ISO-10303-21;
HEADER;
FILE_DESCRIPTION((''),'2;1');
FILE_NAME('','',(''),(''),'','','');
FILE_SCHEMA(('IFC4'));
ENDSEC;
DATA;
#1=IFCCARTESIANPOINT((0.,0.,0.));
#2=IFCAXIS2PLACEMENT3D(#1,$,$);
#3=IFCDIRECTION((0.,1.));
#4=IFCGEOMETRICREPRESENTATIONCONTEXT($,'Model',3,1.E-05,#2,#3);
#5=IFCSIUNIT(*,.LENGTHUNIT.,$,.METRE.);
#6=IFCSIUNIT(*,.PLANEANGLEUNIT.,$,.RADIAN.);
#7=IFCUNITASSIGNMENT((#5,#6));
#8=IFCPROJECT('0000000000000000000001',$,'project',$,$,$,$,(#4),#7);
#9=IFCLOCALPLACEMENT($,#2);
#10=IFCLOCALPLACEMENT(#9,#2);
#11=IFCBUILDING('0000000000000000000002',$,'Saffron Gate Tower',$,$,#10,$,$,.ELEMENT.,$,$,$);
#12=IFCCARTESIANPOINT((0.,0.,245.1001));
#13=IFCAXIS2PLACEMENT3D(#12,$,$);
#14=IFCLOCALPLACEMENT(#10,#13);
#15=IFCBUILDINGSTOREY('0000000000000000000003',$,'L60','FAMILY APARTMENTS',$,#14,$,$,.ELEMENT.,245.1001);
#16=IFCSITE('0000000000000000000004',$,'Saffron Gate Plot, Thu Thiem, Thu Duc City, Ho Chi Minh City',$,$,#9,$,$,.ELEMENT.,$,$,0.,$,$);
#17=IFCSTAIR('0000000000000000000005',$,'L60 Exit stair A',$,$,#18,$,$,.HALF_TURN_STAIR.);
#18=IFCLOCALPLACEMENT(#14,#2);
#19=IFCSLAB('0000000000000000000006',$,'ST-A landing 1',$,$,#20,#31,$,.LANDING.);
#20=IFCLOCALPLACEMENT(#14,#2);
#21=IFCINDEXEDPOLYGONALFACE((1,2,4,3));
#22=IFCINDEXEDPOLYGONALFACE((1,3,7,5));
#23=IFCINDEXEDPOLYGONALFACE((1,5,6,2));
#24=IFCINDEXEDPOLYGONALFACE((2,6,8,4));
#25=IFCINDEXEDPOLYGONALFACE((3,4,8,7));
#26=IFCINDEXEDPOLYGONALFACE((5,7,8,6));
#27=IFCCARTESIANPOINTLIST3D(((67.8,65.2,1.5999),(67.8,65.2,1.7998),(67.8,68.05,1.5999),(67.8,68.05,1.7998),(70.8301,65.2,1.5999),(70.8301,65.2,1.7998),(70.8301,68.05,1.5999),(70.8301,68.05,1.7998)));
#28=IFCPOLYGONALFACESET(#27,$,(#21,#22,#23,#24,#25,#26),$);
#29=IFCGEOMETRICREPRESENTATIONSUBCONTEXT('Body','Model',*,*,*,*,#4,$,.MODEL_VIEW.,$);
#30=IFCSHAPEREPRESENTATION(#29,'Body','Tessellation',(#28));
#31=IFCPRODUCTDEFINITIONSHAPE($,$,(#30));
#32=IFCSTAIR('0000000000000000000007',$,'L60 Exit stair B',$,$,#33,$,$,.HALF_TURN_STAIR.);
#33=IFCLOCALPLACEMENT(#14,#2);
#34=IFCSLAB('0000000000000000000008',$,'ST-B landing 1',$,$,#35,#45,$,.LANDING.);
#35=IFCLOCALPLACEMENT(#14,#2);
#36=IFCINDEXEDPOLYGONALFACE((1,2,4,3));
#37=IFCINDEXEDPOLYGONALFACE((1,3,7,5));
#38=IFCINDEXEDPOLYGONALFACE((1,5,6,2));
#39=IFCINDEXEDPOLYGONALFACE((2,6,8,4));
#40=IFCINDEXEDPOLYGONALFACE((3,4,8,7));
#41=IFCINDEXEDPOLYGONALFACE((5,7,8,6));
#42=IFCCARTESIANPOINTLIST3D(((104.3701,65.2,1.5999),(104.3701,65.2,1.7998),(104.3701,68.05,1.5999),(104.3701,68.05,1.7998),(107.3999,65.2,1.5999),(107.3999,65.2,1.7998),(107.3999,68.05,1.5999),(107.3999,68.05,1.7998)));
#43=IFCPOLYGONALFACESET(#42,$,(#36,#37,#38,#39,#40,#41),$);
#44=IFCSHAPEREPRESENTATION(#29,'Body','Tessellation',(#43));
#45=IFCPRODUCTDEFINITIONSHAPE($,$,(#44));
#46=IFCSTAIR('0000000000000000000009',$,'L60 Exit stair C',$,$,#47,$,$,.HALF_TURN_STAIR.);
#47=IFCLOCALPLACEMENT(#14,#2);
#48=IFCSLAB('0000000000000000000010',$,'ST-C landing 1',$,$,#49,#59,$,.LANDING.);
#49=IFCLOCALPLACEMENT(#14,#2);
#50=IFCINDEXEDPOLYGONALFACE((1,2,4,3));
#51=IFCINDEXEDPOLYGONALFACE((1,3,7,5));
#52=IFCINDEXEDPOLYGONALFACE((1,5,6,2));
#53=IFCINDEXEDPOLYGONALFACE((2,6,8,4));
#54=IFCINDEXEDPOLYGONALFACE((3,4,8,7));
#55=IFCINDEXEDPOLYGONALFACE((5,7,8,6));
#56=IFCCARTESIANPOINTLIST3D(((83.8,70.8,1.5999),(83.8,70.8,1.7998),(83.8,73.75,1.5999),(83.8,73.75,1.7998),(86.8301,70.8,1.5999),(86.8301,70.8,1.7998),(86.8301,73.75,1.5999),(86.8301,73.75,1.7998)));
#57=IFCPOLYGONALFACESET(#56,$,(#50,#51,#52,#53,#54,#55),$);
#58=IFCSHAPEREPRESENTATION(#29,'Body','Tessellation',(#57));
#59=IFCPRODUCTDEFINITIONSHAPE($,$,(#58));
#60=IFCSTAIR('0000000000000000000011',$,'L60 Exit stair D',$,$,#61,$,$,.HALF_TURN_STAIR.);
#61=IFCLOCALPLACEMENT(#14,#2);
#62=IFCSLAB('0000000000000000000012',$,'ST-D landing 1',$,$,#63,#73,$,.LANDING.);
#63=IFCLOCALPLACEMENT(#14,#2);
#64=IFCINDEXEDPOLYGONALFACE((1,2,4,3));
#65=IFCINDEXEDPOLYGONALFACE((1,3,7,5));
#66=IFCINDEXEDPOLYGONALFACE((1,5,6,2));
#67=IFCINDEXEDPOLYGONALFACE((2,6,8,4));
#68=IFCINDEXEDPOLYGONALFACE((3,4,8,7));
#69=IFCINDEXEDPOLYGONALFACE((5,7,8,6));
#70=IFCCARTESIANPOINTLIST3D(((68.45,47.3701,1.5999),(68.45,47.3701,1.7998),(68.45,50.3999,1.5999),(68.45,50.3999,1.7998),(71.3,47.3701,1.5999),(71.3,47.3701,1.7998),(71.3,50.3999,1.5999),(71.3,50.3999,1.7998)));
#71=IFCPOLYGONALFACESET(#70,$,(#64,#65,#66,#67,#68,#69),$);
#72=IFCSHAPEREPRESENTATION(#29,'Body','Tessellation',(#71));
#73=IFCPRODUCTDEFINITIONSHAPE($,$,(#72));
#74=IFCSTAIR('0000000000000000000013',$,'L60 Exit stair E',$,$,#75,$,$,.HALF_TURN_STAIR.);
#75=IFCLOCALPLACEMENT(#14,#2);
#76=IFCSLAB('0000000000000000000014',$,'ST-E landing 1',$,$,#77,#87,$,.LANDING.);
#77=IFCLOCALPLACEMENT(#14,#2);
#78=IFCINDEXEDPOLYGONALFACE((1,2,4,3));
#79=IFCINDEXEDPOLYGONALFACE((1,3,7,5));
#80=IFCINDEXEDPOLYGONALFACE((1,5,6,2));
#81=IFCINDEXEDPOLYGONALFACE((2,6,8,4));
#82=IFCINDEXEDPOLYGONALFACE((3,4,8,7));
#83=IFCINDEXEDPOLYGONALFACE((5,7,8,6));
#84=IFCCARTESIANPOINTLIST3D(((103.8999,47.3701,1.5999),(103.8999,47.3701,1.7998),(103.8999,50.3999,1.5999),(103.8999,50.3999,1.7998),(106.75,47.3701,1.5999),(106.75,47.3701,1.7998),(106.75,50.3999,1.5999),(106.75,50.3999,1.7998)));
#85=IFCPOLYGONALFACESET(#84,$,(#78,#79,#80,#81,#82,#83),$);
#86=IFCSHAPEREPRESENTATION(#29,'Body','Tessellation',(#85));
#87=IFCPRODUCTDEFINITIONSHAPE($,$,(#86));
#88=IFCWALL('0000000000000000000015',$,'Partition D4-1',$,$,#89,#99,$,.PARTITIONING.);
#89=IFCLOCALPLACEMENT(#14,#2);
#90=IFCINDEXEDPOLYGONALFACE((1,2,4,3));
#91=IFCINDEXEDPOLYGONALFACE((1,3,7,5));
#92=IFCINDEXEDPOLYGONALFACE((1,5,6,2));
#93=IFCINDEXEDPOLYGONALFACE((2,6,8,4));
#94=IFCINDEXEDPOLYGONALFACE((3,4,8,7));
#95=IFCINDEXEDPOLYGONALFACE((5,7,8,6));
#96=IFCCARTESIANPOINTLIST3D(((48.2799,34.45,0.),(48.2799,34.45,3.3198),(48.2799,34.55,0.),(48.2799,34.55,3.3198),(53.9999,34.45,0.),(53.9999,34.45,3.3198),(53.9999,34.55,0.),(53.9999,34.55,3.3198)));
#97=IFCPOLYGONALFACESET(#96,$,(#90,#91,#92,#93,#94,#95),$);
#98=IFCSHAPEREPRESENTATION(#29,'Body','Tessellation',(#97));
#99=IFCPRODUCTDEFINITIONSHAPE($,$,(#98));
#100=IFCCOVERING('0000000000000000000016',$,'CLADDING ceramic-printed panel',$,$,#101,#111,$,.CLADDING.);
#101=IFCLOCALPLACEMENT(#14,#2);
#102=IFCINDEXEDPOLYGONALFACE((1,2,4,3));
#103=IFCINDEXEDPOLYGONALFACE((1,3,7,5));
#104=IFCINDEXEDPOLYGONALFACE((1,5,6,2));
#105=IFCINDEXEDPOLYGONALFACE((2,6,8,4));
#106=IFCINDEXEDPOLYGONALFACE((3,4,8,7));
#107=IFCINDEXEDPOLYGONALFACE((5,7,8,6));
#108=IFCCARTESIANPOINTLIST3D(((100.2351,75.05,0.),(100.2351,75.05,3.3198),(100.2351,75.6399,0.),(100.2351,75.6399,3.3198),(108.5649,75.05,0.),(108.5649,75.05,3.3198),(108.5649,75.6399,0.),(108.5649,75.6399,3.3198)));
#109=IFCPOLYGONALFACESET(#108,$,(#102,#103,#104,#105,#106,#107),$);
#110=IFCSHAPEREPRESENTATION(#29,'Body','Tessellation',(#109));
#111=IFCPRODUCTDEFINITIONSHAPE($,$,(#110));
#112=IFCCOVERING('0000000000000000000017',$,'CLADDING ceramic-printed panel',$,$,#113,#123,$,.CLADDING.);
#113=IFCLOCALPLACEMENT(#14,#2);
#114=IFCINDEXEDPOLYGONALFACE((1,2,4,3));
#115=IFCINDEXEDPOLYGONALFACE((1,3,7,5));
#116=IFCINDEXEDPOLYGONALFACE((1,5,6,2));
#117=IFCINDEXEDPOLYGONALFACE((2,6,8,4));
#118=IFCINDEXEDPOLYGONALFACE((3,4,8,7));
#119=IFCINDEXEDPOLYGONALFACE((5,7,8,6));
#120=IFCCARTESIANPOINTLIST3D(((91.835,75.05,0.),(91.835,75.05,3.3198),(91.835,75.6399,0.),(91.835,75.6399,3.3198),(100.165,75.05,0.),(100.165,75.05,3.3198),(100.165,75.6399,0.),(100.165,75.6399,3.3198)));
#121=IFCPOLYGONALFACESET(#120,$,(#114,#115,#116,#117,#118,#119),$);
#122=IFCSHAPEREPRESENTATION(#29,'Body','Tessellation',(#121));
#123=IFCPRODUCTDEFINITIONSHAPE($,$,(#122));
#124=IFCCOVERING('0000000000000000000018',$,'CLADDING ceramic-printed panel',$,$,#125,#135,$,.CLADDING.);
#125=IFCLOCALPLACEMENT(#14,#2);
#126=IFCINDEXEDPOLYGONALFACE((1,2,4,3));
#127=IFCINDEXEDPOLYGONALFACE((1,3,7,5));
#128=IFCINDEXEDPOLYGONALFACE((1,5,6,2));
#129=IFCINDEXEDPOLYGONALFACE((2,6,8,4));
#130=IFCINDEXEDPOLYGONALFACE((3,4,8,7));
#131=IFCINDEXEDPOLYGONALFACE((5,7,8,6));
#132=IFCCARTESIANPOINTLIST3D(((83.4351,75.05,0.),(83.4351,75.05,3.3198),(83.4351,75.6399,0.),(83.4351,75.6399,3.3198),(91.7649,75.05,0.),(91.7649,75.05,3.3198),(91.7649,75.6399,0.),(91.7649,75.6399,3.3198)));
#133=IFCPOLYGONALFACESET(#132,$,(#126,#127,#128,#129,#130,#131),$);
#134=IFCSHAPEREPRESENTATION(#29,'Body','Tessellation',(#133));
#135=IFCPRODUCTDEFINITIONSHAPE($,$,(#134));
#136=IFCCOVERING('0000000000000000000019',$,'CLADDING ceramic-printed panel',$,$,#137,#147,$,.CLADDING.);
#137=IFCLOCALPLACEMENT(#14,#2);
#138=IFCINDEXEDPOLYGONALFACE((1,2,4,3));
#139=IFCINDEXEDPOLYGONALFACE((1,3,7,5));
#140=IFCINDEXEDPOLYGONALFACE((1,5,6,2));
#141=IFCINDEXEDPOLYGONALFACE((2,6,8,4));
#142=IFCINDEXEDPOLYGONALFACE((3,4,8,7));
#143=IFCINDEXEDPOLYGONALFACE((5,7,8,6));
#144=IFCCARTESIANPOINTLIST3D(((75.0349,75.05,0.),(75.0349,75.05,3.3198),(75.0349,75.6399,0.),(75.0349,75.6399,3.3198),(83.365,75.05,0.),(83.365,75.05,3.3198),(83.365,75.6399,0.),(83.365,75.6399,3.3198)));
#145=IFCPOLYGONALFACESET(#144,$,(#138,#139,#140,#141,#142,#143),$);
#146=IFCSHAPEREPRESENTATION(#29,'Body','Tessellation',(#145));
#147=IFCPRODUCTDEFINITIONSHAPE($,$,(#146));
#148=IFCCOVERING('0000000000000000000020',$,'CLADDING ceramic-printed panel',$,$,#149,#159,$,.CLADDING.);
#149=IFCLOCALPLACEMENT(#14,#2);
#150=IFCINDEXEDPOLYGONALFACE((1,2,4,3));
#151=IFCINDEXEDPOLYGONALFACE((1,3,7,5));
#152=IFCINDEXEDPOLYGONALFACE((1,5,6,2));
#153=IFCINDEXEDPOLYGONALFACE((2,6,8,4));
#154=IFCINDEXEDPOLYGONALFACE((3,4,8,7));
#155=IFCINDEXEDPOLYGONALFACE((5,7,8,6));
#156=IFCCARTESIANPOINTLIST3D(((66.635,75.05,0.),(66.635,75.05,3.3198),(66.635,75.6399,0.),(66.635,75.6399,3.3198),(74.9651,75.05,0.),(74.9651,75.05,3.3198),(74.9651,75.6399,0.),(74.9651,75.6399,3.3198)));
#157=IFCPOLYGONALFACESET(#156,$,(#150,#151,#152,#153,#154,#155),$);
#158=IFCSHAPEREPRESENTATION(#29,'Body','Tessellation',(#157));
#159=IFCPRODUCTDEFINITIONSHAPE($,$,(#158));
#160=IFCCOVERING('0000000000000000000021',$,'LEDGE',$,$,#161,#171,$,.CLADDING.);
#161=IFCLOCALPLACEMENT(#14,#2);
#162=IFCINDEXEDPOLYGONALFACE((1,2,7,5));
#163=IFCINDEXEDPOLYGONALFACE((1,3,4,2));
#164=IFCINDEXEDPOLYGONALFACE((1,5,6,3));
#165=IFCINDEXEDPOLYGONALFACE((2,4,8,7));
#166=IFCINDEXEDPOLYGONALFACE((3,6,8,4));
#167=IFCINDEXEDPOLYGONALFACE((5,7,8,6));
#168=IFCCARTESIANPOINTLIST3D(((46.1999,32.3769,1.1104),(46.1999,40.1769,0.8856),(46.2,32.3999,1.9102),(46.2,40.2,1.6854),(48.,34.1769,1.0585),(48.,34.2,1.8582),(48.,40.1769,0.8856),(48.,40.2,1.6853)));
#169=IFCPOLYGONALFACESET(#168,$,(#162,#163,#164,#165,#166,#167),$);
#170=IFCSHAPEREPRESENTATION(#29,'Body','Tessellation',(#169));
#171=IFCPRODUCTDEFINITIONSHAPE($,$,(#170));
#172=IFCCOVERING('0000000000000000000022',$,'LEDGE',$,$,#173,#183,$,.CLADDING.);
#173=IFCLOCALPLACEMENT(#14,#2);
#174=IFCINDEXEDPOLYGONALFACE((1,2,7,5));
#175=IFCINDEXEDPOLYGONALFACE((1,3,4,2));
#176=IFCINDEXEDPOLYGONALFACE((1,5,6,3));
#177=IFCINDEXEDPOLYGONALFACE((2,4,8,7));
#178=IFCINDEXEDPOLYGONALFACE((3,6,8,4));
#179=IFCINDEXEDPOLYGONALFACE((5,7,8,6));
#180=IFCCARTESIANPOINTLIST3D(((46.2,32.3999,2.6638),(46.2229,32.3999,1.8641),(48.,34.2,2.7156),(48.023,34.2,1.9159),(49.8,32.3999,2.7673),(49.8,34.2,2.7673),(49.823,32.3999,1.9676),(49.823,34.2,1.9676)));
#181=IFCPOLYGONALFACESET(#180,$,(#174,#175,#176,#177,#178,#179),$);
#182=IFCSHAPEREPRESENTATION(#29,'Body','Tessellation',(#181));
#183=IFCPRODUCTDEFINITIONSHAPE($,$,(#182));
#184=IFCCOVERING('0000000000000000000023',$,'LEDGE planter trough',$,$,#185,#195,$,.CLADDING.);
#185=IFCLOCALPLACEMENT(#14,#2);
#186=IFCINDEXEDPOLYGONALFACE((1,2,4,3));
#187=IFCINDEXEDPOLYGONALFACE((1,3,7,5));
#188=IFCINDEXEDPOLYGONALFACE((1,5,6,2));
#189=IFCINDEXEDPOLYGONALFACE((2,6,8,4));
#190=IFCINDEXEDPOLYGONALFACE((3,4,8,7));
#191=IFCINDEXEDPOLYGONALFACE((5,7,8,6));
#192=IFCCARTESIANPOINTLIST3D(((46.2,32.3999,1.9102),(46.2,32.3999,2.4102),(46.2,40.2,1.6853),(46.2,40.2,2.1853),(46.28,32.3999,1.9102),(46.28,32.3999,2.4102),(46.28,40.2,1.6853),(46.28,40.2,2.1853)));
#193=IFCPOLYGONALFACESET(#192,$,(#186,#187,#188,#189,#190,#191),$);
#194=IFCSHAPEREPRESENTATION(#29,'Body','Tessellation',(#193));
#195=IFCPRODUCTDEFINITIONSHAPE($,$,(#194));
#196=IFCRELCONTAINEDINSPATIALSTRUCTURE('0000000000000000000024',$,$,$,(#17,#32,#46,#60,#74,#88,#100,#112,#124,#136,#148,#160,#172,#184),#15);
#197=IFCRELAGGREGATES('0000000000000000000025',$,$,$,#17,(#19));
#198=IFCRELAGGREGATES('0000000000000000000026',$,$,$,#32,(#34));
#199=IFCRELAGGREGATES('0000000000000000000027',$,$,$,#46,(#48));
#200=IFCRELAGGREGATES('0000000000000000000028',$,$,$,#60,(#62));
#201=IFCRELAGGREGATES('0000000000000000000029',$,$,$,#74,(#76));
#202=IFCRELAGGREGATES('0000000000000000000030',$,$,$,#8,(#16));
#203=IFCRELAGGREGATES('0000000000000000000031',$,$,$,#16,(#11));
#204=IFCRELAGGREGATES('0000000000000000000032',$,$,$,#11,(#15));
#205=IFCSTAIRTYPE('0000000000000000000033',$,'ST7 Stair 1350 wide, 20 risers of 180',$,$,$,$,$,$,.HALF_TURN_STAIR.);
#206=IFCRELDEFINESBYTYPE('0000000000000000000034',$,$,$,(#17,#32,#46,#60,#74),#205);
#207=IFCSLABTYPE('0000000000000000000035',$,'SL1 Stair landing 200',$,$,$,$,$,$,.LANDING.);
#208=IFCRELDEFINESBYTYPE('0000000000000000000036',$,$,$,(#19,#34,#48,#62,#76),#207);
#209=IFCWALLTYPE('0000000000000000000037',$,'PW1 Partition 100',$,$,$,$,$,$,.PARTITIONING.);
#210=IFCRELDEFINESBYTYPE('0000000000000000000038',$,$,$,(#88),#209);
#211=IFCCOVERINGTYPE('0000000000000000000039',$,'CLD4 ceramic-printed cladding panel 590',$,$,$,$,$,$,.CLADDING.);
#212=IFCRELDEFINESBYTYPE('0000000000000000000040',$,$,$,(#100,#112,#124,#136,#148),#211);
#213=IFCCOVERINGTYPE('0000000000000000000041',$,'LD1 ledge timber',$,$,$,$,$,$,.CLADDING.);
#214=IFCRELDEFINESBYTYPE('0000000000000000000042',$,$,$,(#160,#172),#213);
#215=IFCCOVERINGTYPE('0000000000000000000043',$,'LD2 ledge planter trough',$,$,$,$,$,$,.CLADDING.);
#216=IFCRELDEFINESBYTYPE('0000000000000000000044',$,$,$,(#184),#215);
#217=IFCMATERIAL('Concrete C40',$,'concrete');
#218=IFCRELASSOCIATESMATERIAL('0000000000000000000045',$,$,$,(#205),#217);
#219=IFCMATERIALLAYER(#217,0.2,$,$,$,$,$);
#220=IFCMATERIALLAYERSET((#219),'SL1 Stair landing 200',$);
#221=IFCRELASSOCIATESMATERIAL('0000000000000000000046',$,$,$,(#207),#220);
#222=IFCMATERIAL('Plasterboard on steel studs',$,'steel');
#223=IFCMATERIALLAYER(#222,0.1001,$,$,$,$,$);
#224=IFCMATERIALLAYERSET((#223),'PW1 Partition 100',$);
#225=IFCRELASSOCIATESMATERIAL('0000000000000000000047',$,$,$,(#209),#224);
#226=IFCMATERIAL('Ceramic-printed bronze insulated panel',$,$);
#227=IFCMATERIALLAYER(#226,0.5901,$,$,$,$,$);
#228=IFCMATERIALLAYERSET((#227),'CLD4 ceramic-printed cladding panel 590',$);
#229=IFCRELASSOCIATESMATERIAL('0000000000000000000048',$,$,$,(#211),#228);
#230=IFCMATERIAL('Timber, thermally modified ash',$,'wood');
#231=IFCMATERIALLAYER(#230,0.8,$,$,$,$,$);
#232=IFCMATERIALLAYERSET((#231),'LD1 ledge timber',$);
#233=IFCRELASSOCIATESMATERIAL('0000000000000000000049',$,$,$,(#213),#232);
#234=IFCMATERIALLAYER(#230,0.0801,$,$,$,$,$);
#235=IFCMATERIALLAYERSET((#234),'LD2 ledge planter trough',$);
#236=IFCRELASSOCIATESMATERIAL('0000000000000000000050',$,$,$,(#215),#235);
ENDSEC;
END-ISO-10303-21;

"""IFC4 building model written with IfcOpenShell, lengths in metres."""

from ifc_helpers import new_model, si_unit, direction, frame, frame_2d, origin, place, context, subcontext, project, spatial, polyline, rectangle, outline, extrude, material, layer, layer_set, type_object, element, aggregate, save


model = new_model("IFC4")

# Units and contexts
model_context = context("Model", 3, precision=1e-05, world=origin(), true_north=direction((0.0, 1.0)))
body_context = subcontext(model_context, "Body", "Model", "MODEL_VIEW")
ifc_project = project(units=[si_unit("LENGTHUNIT", "METRE"), si_unit("PLANEANGLEUNIT", "RADIAN")], contexts=[model_context])

# Site, building, storey
site_placement = place(None, origin())
site = spatial("IfcSite", under=ifc_project, at=site_placement, Name="Saffron Gate Plot, Thu Thiem, Thu Duc City, Ho Chi Minh City", CompositionType="ELEMENT", RefElevation=0.0)
building_placement = place(site_placement, origin())
building = spatial("IfcBuilding", under=site, at=building_placement, Name="Saffron Gate Tower", CompositionType="ELEMENT")
storey_placement = place(building_placement, frame((0.0, 0.0, 245.1001)))
storey = spatial("IfcBuildingStorey", under=building, at=storey_placement, Name="L60", Description="FAMILY APARTMENTS", CompositionType="ELEMENT", Elevation=245.1001)

# Shared definitions
ifc_material_1 = material(Name="Concrete C40", Category="concrete")

# Stairs, slabs
stair_type = type_object("IfcStairType", Name="ST7 Stair 1350 wide, 20 risers of 180", PredefinedType="HALF_TURN_STAIR", material=ifc_material_1)
stair_1_placement = place(storey_placement, origin())
stair_1 = element("IfcStair", 1, at=stair_1_placement, inside=storey, type_object=stair_type, Name="L60 Exit stair A", PredefinedType="HALF_TURN_STAIR")
ifc_layer_1 = layer(ifc_material_1, 0.2)
ifc_layer_set_1 = layer_set([ifc_layer_1], Name="SL1 Stair landing 200")
slab_type_1 = type_object("IfcSlabType", Name="SL1 Stair landing 200", PredefinedType="LANDING", material=ifc_layer_set_1)
slab_1_placement = place(storey_placement, frame((0.0, 0.0, 1.5999)))
slab_1 = element("IfcSlab", 2, at=slab_1_placement, type_object=slab_type_1, Name="ST-A landing 1", PredefinedType="LANDING", context=body_context, shape_type="SweptSolid", body=[
    extrude(outline(polyline([(70.8301, 68.05), (67.8, 68.05), (67.8, 65.2), (70.8301, 65.2), (70.8301, 68.05)])), origin(), (0.0, 0.0, 1.0), 0.2),
])
aggregate(stair_1, [slab_1])
stair_2_placement = place(storey_placement, origin())
stair_2 = element("IfcStair", 3, at=stair_2_placement, inside=storey, type_object=stair_type, Name="L60 Exit stair B", PredefinedType="HALF_TURN_STAIR")
slab_2_placement = place(storey_placement, frame((0.0, 0.0, 1.5999)))
slab_2 = element("IfcSlab", 4, at=slab_2_placement, type_object=slab_type_1, Name="ST-B landing 1", PredefinedType="LANDING", context=body_context, shape_type="SweptSolid", body=[
    extrude(outline(polyline([(104.3701, 65.2), (107.3999, 65.2), (107.3999, 68.05), (104.3701, 68.05), (104.3701, 65.2)])), origin(), (0.0, 0.0, 1.0), 0.2),
])
aggregate(stair_2, [slab_2])
stair_3_placement = place(storey_placement, origin())
stair_3 = element("IfcStair", 5, at=stair_3_placement, inside=storey, type_object=stair_type, Name="L60 Exit stair C", PredefinedType="HALF_TURN_STAIR")
slab_3_placement = place(storey_placement, frame((0.0, 0.0, 1.5999)))
slab_3 = element("IfcSlab", 6, at=slab_3_placement, type_object=slab_type_1, Name="ST-C landing 1", PredefinedType="LANDING", context=body_context, shape_type="SweptSolid", body=[
    extrude(outline(polyline([(86.8301, 73.75), (83.8, 73.75), (83.8, 70.8), (86.8301, 70.8), (86.8301, 73.75)])), origin(), (0.0, 0.0, 1.0), 0.2),
])
aggregate(stair_3, [slab_3])
stair_4_placement = place(storey_placement, origin())
stair_4 = element("IfcStair", 7, at=stair_4_placement, inside=storey, type_object=stair_type, Name="L60 Exit stair D", PredefinedType="HALF_TURN_STAIR")
slab_4_placement = place(storey_placement, frame((0.0, 0.0, 1.5999)))
slab_4 = element("IfcSlab", 8, at=slab_4_placement, type_object=slab_type_1, Name="ST-D landing 1", PredefinedType="LANDING", context=body_context, shape_type="SweptSolid", body=[
    extrude(outline(polyline([(71.3, 47.3701), (71.3, 50.3999), (68.45, 50.3999), (68.45, 47.3701), (71.3, 47.3701)])), origin(), (0.0, 0.0, 1.0), 0.2),
])
aggregate(stair_4, [slab_4])
stair_5_placement = place(storey_placement, origin())
stair_5 = element("IfcStair", 9, at=stair_5_placement, inside=storey, type_object=stair_type, Name="L60 Exit stair E", PredefinedType="HALF_TURN_STAIR")
slab_5_placement = place(storey_placement, frame((0.0, 0.0, 1.5999)))
slab_5 = element("IfcSlab", 10, at=slab_5_placement, type_object=slab_type_1, Name="ST-E landing 1", PredefinedType="LANDING", context=body_context, shape_type="SweptSolid", body=[
    extrude(outline(polyline([(106.75, 47.3701), (106.75, 50.3999), (103.8999, 50.3999), (103.8999, 47.3701), (106.75, 47.3701)])), origin(), (0.0, 0.0, 1.0), 0.2),
])
aggregate(stair_5, [slab_5])

# Wall
ifc_material_2 = material(Name="Plasterboard on steel studs", Category="steel")
ifc_layer_2 = layer(ifc_material_2, 0.1001)
ifc_layer_set_2 = layer_set([ifc_layer_2], Name="PW1 Partition 100")
wall_type = type_object("IfcWallType", Name="PW1 Partition 100", PredefinedType="PARTITIONING", material=ifc_layer_set_2)
wall_placement = place(storey_placement, frame((48.28, 34.5, 0.0), z_axis=(0.0, 0.0, 1.0), x_axis=(1.0, 0.0, 0.0)))
element("IfcWall", 11, at=wall_placement, inside=storey, type_object=wall_type, Name="Partition D4-1", PredefinedType="PARTITIONING", context=body_context, shape_type="SweptSolid", body=[
    extrude(rectangle(XDim=5.72, YDim=0.1001, at=frame_2d((2.8599, 0.0))), origin(), (0.0, 0.0, 1.0), 3.3198),
])

# Coverings
ifc_material_3 = material(Name="Ceramic-printed bronze insulated panel")
ifc_layer_3 = layer(ifc_material_3, 0.5901)
ifc_layer_set_3 = layer_set([ifc_layer_3], Name="CLD4 ceramic-printed cladding panel 590")
covering_type_1 = type_object("IfcCoveringType", Name="CLD4 ceramic-printed cladding panel 590", PredefinedType="CLADDING", material=ifc_layer_set_3)
covering_1_placement = place(storey_placement, origin())
element("IfcCovering", 12, at=covering_1_placement, inside=storey, type_object=covering_type_1, Name="CLADDING ceramic-printed panel", PredefinedType="CLADDING", context=body_context, shape_type="SweptSolid", body=[
    extrude(outline(polyline([(108.5649, 75.6399), (100.2351, 75.6399), (100.2351, 75.05), (108.5649, 75.05), (108.5649, 75.6399)])), origin(), (0.0, 0.0, 1.0), 3.3198),
])
covering_2_placement = place(storey_placement, origin())
element("IfcCovering", 13, at=covering_2_placement, inside=storey, type_object=covering_type_1, Name="CLADDING ceramic-printed panel", PredefinedType="CLADDING", context=body_context, shape_type="SweptSolid", body=[
    extrude(outline(polyline([(100.165, 75.6399), (91.835, 75.6399), (91.835, 75.05), (100.165, 75.05), (100.165, 75.6399)])), origin(), (0.0, 0.0, 1.0), 3.3198),
])
covering_3_placement = place(storey_placement, origin())
element("IfcCovering", 14, at=covering_3_placement, inside=storey, type_object=covering_type_1, Name="CLADDING ceramic-printed panel", PredefinedType="CLADDING", context=body_context, shape_type="SweptSolid", body=[
    extrude(outline(polyline([(91.7649, 75.6399), (83.4351, 75.6399), (83.4351, 75.05), (91.7649, 75.05), (91.7649, 75.6399)])), origin(), (0.0, 0.0, 1.0), 3.3198),
])
covering_4_placement = place(storey_placement, origin())
element("IfcCovering", 15, at=covering_4_placement, inside=storey, type_object=covering_type_1, Name="CLADDING ceramic-printed panel", PredefinedType="CLADDING", context=body_context, shape_type="SweptSolid", body=[
    extrude(outline(polyline([(83.365, 75.6399), (75.0349, 75.6399), (75.0349, 75.05), (83.365, 75.05), (83.365, 75.6399)])), origin(), (0.0, 0.0, 1.0), 3.3198),
])
covering_5_placement = place(storey_placement, origin())
element("IfcCovering", 16, at=covering_5_placement, inside=storey, type_object=covering_type_1, Name="CLADDING ceramic-printed panel", PredefinedType="CLADDING", context=body_context, shape_type="SweptSolid", body=[
    extrude(outline(polyline([(74.9651, 75.6399), (66.635, 75.6399), (66.635, 75.05), (74.9651, 75.05), (74.9651, 75.6399)])), origin(), (0.0, 0.0, 1.0), 3.3198),
])
ifc_material_4 = material(Name="Timber, thermally modified ash", Category="wood")
ifc_layer_4 = layer(ifc_material_4, 0.8)
ifc_layer_set_4 = layer_set([ifc_layer_4], Name="LD1 ledge timber")
covering_type_2 = type_object("IfcCoveringType", Name="LD1 ledge timber", PredefinedType="CLADDING", material=ifc_layer_set_4)
covering_6_placement = place(storey_placement, frame((48.0, 40.2, 1.6853), z_axis=(0.000035, 0.028807, 0.999585), x_axis=(0.0, -0.999585, 0.028807)))
element("IfcCovering", 17, at=covering_6_placement, inside=storey, type_object=covering_type_2, Name="LEDGE", PredefinedType="CLADDING", context=body_context, shape_type="SweptSolid", body=[
    extrude(outline(polyline([(0.0, 0.0), (6.0025, 0.0), (7.8033, -1.8), (0.0, -1.8), (0.0, 0.0)])), origin(), (0.0, 0.0, -1.0), 0.8),
])
covering_7_placement = place(storey_placement, frame((48.0, 34.2, 2.7156), z_axis=(-0.028742, 0.0, 0.999587), x_axis=(0.999587, 0.0, 0.028742)))
element("IfcCovering", 18, at=covering_7_placement, inside=storey, type_object=covering_type_2, Name="LEDGE", PredefinedType="CLADDING", context=body_context, shape_type="SweptSolid", body=[
    extrude(outline(polyline([(0.0, 0.0), (1.8008, 0.0), (1.8008, -1.8), (-1.8008, -1.8), (0.0, 0.0)])), origin(), (0.0, 0.0, -1.0), 0.8),
])
ifc_layer_5 = layer(ifc_material_4, 0.0801)
ifc_layer_set_5 = layer_set([ifc_layer_5], Name="LD2 ledge planter trough")
covering_type_3 = type_object("IfcCoveringType", Name="LD2 ledge planter trough", PredefinedType="CLADDING", material=ifc_layer_set_5)
covering_8_placement = place(storey_placement, frame((46.2, 40.2, 1.6853), z_axis=(-1.0, 0.0, 0.0), x_axis=(0.0, -0.999585, 0.028815)))
element("IfcCovering", 19, at=covering_8_placement, inside=storey, type_object=covering_type_3, Name="LEDGE planter trough", PredefinedType="CLADDING", context=body_context, shape_type="SweptSolid", body=[
    extrude(outline(polyline([(0.0, 0.0), (7.8033, 0.0), (7.8177, 0.4998), (0.0144, 0.4998), (0.0, 0.0)])), origin(), (0.0, 0.0, -1.0), 0.0801),
])

save(model, "model.ifc")
